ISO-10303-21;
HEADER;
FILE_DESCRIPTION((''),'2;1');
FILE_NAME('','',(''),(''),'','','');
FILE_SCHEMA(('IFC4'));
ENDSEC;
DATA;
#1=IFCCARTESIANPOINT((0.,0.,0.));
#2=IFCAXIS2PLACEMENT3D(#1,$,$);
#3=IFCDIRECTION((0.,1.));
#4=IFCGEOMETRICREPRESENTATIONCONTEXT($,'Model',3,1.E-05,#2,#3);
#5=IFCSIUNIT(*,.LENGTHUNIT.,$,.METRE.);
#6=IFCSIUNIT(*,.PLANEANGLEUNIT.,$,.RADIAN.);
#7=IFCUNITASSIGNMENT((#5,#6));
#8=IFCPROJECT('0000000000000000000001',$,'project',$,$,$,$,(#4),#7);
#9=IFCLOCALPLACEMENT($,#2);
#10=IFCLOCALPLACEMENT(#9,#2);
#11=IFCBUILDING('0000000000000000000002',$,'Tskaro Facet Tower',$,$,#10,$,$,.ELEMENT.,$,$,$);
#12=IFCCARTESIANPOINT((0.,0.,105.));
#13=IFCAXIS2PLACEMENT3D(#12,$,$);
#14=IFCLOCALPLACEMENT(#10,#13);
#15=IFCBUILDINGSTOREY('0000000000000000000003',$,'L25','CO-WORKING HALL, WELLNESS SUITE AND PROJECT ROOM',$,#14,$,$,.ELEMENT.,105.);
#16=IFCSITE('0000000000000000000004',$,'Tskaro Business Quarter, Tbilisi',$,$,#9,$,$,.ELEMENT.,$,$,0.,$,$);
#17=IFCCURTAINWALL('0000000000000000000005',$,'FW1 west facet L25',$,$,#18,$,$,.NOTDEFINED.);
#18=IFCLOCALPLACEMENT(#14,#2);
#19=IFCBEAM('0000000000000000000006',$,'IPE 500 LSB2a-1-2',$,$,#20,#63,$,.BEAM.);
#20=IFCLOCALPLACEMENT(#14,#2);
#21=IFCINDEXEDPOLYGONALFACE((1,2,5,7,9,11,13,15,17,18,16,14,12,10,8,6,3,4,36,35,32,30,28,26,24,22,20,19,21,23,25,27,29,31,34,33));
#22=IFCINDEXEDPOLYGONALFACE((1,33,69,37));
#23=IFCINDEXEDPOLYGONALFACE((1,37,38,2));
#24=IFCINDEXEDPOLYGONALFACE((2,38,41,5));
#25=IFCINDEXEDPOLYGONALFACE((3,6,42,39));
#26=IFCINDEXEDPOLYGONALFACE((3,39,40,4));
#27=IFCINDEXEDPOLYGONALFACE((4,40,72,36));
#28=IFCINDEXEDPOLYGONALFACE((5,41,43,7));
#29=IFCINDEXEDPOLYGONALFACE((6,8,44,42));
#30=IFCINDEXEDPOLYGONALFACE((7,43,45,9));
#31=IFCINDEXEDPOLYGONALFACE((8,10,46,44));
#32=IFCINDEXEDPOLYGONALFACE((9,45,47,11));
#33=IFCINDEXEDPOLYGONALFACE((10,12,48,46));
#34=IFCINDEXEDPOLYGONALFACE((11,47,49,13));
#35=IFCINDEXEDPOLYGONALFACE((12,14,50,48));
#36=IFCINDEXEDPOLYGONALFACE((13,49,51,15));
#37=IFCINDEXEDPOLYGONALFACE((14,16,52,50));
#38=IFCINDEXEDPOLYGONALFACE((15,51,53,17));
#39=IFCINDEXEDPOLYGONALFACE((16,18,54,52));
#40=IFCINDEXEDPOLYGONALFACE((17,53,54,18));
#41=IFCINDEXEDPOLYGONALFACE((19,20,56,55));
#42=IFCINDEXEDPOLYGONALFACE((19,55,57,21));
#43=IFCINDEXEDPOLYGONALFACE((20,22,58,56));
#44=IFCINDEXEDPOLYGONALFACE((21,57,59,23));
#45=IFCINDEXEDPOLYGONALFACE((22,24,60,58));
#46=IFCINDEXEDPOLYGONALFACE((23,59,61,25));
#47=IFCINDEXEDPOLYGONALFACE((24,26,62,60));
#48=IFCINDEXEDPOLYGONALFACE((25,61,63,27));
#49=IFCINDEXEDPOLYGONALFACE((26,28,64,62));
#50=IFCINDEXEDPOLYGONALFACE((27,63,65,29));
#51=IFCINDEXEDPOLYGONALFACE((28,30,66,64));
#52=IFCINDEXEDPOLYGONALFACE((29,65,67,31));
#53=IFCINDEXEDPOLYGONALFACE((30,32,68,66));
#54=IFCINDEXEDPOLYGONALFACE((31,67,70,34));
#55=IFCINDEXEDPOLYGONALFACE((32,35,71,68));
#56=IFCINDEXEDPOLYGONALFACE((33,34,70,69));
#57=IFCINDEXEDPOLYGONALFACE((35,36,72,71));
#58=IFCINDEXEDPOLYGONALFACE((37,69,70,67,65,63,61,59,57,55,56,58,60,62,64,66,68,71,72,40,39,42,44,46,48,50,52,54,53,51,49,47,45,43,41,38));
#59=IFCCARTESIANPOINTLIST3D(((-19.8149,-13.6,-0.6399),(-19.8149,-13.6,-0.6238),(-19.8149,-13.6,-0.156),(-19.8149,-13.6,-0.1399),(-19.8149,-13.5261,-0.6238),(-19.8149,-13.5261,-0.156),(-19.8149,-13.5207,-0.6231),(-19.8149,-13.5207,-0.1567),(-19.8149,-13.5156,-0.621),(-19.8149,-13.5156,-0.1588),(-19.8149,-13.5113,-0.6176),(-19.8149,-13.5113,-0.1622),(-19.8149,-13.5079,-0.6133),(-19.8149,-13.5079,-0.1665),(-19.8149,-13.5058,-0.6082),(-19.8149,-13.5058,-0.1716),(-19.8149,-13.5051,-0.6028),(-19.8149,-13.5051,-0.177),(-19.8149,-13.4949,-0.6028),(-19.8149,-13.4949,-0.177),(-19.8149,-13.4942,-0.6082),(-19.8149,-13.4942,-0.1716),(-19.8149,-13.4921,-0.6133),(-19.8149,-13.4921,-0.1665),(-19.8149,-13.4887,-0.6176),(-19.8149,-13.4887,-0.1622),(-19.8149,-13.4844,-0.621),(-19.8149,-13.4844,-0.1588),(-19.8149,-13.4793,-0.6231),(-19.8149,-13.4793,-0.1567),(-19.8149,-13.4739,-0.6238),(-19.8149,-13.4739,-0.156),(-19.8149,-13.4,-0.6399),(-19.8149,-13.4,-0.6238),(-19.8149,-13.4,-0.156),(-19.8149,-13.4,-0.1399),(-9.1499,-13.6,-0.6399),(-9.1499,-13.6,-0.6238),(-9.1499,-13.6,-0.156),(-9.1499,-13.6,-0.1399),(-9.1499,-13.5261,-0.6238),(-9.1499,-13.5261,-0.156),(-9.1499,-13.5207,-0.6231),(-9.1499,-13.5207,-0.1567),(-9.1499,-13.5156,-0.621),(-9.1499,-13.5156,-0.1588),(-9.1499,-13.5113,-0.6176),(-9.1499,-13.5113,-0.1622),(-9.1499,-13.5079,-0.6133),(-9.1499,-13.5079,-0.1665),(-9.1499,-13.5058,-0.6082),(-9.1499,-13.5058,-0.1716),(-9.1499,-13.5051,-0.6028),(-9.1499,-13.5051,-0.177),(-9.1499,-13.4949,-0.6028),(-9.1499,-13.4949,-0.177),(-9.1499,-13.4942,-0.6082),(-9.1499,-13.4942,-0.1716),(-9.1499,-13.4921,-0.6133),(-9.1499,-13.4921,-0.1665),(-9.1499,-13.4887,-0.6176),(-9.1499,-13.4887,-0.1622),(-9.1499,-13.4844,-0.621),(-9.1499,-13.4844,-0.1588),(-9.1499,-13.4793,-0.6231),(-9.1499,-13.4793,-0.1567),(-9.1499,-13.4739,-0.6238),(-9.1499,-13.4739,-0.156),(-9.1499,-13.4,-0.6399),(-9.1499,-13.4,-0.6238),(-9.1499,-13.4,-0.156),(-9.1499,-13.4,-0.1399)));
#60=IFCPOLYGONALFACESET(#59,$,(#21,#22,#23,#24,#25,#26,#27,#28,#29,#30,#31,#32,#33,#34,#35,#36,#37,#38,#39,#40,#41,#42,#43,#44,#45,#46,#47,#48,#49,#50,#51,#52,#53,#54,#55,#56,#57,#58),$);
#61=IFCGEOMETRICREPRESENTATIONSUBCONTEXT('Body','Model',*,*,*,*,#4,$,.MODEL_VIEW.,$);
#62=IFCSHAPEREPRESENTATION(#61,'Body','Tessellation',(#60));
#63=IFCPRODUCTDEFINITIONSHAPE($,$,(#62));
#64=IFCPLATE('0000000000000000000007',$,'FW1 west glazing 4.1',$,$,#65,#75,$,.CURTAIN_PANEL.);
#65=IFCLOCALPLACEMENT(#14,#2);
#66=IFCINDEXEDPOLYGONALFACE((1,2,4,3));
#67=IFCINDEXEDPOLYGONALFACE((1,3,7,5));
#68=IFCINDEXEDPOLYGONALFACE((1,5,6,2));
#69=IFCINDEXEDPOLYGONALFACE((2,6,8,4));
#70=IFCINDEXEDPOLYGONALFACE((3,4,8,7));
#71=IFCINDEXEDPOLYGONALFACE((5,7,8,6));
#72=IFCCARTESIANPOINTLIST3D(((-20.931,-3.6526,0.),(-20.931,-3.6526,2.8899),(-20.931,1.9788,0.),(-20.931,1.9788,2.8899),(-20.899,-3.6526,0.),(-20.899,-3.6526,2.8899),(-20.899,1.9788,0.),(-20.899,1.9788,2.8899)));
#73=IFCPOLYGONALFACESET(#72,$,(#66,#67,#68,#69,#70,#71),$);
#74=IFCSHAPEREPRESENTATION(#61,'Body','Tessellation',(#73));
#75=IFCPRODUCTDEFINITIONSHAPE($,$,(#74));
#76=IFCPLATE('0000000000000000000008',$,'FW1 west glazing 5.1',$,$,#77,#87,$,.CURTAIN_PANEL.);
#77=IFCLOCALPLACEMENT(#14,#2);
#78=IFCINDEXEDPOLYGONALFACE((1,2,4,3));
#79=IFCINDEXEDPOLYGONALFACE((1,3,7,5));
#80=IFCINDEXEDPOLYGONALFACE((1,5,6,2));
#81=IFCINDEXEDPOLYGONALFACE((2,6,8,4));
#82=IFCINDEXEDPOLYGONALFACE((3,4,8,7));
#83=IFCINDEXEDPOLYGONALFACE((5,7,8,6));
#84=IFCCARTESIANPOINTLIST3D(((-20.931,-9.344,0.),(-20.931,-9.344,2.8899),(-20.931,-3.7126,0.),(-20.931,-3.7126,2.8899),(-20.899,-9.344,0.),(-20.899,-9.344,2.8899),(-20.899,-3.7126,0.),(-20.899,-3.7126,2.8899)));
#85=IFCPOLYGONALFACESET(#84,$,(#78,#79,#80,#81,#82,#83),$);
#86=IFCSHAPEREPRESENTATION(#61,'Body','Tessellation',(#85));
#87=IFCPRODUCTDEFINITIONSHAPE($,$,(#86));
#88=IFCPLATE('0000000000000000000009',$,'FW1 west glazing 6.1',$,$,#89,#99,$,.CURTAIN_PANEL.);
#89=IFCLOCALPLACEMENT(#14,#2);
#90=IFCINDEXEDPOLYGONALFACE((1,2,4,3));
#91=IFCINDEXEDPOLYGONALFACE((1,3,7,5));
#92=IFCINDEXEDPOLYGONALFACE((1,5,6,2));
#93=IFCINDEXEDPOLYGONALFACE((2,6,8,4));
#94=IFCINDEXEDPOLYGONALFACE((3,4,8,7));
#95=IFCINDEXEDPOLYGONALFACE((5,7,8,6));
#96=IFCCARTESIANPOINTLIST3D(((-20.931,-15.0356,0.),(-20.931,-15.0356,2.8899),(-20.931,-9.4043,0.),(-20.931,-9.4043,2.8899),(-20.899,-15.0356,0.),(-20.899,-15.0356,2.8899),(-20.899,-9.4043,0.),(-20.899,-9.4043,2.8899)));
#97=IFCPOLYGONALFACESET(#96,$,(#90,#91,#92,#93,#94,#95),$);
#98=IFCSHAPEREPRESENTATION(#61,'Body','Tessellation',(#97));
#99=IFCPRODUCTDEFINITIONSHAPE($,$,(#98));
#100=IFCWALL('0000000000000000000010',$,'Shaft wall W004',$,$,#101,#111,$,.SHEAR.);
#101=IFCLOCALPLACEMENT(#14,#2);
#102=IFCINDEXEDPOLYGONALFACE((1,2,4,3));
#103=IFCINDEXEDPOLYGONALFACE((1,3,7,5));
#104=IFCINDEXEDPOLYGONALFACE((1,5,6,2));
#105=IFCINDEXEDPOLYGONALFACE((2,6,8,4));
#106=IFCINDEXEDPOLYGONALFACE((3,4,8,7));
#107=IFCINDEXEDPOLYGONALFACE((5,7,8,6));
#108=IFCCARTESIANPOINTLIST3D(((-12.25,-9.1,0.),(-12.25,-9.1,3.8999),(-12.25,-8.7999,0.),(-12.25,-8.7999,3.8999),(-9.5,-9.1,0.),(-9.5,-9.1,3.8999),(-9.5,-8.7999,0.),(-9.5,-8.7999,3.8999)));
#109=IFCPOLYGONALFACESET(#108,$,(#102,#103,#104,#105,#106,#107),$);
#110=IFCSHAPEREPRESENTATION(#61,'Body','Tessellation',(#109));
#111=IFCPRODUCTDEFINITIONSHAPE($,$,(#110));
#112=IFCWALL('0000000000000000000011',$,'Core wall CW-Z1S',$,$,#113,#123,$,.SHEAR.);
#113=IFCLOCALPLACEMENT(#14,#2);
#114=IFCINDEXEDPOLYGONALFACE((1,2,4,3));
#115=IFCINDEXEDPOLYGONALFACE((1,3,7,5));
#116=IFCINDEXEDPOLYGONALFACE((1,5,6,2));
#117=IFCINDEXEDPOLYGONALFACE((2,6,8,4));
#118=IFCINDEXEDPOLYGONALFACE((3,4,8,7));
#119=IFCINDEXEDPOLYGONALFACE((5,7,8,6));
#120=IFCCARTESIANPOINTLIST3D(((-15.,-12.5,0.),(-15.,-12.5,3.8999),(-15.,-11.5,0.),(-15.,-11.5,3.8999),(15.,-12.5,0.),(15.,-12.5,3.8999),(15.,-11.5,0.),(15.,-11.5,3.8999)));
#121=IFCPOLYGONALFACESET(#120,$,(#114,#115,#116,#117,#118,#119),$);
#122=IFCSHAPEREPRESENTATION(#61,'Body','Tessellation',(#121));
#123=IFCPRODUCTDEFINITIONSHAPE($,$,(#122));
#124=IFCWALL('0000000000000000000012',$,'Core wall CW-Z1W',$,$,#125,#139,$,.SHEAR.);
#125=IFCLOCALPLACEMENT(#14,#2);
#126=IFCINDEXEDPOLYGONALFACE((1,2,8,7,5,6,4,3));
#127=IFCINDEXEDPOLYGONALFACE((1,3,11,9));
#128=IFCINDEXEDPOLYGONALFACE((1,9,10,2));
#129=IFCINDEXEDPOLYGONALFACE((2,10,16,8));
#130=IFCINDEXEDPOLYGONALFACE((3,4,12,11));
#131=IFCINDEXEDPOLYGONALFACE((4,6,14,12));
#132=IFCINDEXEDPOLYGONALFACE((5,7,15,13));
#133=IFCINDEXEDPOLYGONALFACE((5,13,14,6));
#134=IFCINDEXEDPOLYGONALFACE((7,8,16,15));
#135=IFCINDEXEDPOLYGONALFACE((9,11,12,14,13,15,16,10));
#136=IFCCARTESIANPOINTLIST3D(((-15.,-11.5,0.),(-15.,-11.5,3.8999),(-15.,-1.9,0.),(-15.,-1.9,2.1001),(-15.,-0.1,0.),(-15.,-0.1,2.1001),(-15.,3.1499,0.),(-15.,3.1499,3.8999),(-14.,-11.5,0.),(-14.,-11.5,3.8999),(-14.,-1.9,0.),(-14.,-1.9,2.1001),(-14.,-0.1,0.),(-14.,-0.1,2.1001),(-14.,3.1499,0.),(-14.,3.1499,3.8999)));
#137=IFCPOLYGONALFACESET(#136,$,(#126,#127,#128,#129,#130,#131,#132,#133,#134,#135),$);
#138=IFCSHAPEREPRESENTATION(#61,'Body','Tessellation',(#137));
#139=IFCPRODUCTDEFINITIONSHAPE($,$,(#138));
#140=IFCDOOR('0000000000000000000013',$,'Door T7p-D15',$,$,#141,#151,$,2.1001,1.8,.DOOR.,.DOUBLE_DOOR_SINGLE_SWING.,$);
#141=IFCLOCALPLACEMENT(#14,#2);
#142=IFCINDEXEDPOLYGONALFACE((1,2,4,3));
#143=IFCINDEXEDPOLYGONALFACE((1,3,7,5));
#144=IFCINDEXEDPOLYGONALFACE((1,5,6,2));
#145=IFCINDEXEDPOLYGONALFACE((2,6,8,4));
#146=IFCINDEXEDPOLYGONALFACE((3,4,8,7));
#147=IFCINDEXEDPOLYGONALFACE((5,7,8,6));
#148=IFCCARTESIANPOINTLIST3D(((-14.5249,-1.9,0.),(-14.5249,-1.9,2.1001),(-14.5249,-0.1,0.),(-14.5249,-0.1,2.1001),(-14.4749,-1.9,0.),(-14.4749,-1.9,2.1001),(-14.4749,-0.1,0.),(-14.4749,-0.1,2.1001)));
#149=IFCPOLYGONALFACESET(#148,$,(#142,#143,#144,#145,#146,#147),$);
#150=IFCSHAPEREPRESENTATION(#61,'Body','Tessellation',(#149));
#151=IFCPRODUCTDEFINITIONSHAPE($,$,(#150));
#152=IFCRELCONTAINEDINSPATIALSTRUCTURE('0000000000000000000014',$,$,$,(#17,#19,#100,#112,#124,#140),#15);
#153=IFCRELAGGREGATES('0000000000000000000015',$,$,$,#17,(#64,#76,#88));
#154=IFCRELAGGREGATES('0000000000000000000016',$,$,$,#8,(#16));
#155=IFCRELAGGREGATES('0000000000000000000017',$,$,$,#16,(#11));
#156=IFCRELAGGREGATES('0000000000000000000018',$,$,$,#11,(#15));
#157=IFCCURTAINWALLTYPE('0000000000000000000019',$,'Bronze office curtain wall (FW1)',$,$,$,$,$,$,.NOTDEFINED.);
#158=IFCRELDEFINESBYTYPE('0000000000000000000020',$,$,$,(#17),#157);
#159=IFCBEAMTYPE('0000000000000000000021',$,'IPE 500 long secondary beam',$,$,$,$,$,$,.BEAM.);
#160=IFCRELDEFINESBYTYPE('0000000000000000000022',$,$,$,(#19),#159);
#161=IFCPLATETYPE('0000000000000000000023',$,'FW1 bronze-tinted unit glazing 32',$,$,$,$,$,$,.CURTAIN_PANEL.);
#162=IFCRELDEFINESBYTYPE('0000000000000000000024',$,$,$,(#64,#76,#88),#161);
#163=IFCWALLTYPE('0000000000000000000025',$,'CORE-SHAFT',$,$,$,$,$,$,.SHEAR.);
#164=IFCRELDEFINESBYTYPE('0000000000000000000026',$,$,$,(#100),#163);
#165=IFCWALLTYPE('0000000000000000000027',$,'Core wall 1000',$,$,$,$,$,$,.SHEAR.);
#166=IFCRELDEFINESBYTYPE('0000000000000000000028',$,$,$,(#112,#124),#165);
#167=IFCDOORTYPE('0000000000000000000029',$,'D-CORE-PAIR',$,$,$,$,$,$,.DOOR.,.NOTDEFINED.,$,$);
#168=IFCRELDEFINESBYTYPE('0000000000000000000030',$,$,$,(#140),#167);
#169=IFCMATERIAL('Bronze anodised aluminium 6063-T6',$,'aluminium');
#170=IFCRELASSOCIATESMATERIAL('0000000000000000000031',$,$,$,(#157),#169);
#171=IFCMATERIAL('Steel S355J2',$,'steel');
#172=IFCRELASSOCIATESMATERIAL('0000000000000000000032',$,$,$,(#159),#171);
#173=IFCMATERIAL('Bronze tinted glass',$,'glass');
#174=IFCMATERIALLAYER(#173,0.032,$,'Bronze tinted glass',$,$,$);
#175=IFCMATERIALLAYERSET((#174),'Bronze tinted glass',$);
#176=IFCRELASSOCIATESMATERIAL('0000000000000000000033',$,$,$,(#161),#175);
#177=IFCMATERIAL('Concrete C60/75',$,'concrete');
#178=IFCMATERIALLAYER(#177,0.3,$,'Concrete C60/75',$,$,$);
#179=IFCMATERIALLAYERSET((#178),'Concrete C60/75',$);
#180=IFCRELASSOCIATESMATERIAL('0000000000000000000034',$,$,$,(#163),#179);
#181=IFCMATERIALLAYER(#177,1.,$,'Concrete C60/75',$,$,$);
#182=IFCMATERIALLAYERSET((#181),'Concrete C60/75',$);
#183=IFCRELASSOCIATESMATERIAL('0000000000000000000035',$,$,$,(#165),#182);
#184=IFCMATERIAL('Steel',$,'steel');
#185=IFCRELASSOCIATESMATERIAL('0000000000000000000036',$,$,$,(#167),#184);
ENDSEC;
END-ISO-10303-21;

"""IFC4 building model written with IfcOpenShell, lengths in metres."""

from ifc_helpers import new_model, si_unit, direction, frame, frame_2d, origin, origin_2d, place, context, subcontext, project, spatial, rectangle, i_section, extrude, material, layer, layer_set, material_profile, profile_set, type_object, element, fill, aggregate, save


model = new_model("IFC4")

# Units and contexts
model_context = context("Model", 3, precision=1e-05, world=origin(), true_north=direction((0.0, 1.0)))
body_context = subcontext(model_context, "Body", "Model", "MODEL_VIEW")
ifc_project = project(units=[si_unit("LENGTHUNIT", "METRE"), si_unit("PLANEANGLEUNIT", "RADIAN")], contexts=[model_context])

# Site, building, storey
site_placement = place(None, origin())
site = spatial("IfcSite", under=ifc_project, at=site_placement, Name="Tskaro Business Quarter, Tbilisi", CompositionType="ELEMENT", RefElevation=0.0)
building_placement = place(site_placement, origin())
building = spatial("IfcBuilding", under=site, at=building_placement, Name="Tskaro Facet Tower", CompositionType="ELEMENT")
storey_placement = place(building_placement, frame((0.0, 0.0, 105.0)))
storey = spatial("IfcBuildingStorey", under=building, at=storey_placement, Name="L25", Description="CO-WORKING HALL, WELLNESS SUITE AND PROJECT ROOM", CompositionType="ELEMENT", Elevation=105.0)

# Curtain wall
ifc_material_1 = material(Name="Bronze anodised aluminium 6063-T6", Category="aluminium")
curtain_wall_type = type_object("IfcCurtainWallType", Name="Bronze office curtain wall (FW1)", PredefinedType="NOTDEFINED", material=ifc_material_1)
curtain_wall_placement = place(storey_placement, origin())
curtain_wall = element("IfcCurtainWall", 1, at=curtain_wall_placement, inside=storey, type_object=curtain_wall_type, Name="FW1 west facet L25", PredefinedType="NOTDEFINED")

# Beam
ifc_material_2 = material(Name="Steel S355J2", Category="steel")
ifc_material_profile_1 = material_profile(ifc_material_2, i_section(OverallWidth=0.2, OverallDepth=0.5, WebThickness=0.0103, FlangeThickness=0.0161, FilletRadius=0.021, at=origin_2d()), Name="IPE 500")
ifc_profile_set_1 = profile_set([ifc_material_profile_1], Name="Steel S355J2")
beam_type_1 = type_object("IfcBeamType", Name="IPE 500 long secondary beam", PredefinedType="BEAM", material=ifc_profile_set_1)
beam_1_placement = place(storey_placement, frame((-19.8149, -13.5, -0.3899), z_axis=(1.0, 0.0, 0.0), x_axis=(0.0, 1.0, 0.0)))
element("IfcBeam", 2, at=beam_1_placement, inside=storey, type_object=beam_type_1, Name="IPE 500 LSB2a-1-2", PredefinedType="BEAM", context=body_context, shape_type="SweptSolid", body=[
    extrude(i_section(OverallWidth=0.2, OverallDepth=0.5, WebThickness=0.0103, FlangeThickness=0.0161, FilletRadius=0.021, at=origin_2d()), origin(), (0.0, 0.0, 1.0), 10.665),
])

# Plates
ifc_material_3 = material(Name="Bronze tinted glass", Category="glass")
ifc_layer_1 = layer(ifc_material_3, 0.032, Name="Bronze tinted glass")
ifc_layer_set_1 = layer_set([ifc_layer_1], Name="Bronze tinted glass")
plate_type = type_object("IfcPlateType", Name="FW1 bronze-tinted unit glazing 32", PredefinedType="CURTAIN_PANEL", material=ifc_layer_set_1)
plate_1_placement = place(storey_placement, frame((-20.915, -0.8369, 0.0), z_axis=(0.0, 0.0, 1.0), x_axis=(0.0, -1.0, 0.0)))
plate_1 = element("IfcPlate", 3, at=plate_1_placement, type_object=plate_type, Name="FW1 west glazing 4.1", PredefinedType="CURTAIN_PANEL", context=body_context, shape_type="SweptSolid", body=[
    extrude(rectangle(XDim=5.6313, YDim=0.032, at=origin_2d()), origin(), (0.0, 0.0, 1.0), 2.8899),
])
plate_2_placement = place(storey_placement, frame((-20.915, -6.5283, 0.0), z_axis=(0.0, 0.0, 1.0), x_axis=(0.0, -1.0, 0.0)))
plate_2 = element("IfcPlate", 4, at=plate_2_placement, type_object=plate_type, Name="FW1 west glazing 5.1", PredefinedType="CURTAIN_PANEL", context=body_context, shape_type="SweptSolid", body=[
    extrude(rectangle(XDim=5.6313, YDim=0.032, at=origin_2d()), origin(), (0.0, 0.0, 1.0), 2.8899),
])
plate_3_placement = place(storey_placement, frame((-20.915, -12.22, 0.0), z_axis=(0.0, 0.0, 1.0), x_axis=(0.0, -1.0, 0.0)))
plate_3 = element("IfcPlate", 5, at=plate_3_placement, type_object=plate_type, Name="FW1 west glazing 6.1", PredefinedType="CURTAIN_PANEL", context=body_context, shape_type="SweptSolid", body=[
    extrude(rectangle(XDim=5.6313, YDim=0.032, at=origin_2d()), origin(), (0.0, 0.0, 1.0), 2.8899),
])
aggregate(curtain_wall, [plate_1, plate_2, plate_3])

# Walls
ifc_material_4 = material(Name="Concrete C60/75", Category="concrete")
ifc_layer_2 = layer(ifc_material_4, 0.3, Name="Concrete C60/75")
ifc_layer_set_2 = layer_set([ifc_layer_2], Name="Concrete C60/75")
wall_type_1 = type_object("IfcWallType", Name="CORE-SHAFT", PredefinedType="SHEAR", material=ifc_layer_set_2)
wall_1_placement = place(storey_placement, frame((-12.25, -8.95, 0.0), z_axis=(0.0, 0.0, 1.0), x_axis=(1.0, 0.0, 0.0)))
element("IfcWall", 6, at=wall_1_placement, inside=storey, type_object=wall_type_1, Name="Shaft wall W004", PredefinedType="SHEAR", context=body_context, shape_type="SweptSolid", body=[
    extrude(rectangle(XDim=2.75, YDim=0.3, at=frame_2d((1.375, 0.0))), origin(), (0.0, 0.0, 1.0), 3.8999),
])
ifc_layer_3 = layer(ifc_material_4, 1.0, Name="Concrete C60/75")
ifc_layer_set_3 = layer_set([ifc_layer_3], Name="Concrete C60/75")
wall_type_2 = type_object("IfcWallType", Name="Core wall 1000", PredefinedType="SHEAR", material=ifc_layer_set_3)
wall_2_placement = place(storey_placement, frame((-15.0, -12.0, 0.0), z_axis=(0.0, 0.0, 1.0), x_axis=(1.0, 0.0, 0.0)))
element("IfcWall", 7, at=wall_2_placement, inside=storey, type_object=wall_type_2, Name="Core wall CW-Z1S", PredefinedType="SHEAR", context=body_context, shape_type="SweptSolid", body=[
    extrude(rectangle(XDim=30.0, YDim=1.0, at=frame_2d((15.0, 0.0))), origin(), (0.0, 0.0, 1.0), 3.8999),
])

# Wall, opening, door
wall_3_placement = place(storey_placement, frame((-14.5, -11.5, 0.0), z_axis=(0.0, 0.0, 1.0), x_axis=(0.0, 1.0, 0.0)))
wall_3 = element("IfcWall", 8, at=wall_3_placement, inside=storey, type_object=wall_type_2, Name="Core wall CW-Z1W", PredefinedType="SHEAR", context=body_context, shape_type="SweptSolid", body=[
    extrude(rectangle(XDim=14.6499, YDim=1.0, at=frame_2d((7.325, 0.0))), origin(), (0.0, 0.0, 1.0), 3.8999),
])
opening_1_placement = place(wall_3_placement, frame((9.6001, 0.0, 0.0)))
opening_1 = element("IfcOpeningElement", 9, at=opening_1_placement, cuts=wall_3, PredefinedType="OPENING", context=body_context, shape_type="SweptSolid", body=[
    extrude(rectangle(XDim=1.8, YDim=2.1001, at=frame_2d((0.8999, 1.05))), frame((0.0, 0.51, 0.0), z_axis=(0.0, -1.0, 0.0), x_axis=(1.0, 0.0, 0.0)), (0.0, 0.0, 1.0), 1.02),
])
ifc_material_5 = material(Name="Steel", Category="steel")
door_type_1 = type_object("IfcDoorType", Name="D-CORE-PAIR", OperationType="NOTDEFINED", PredefinedType="DOOR", material=ifc_material_5)
door_1_placement = place(opening_1_placement, origin())
door_1 = element("IfcDoor", 10, at=door_1_placement, inside=storey, type_object=door_type_1, Name="Door T7p-D15", OperationType="DOUBLE_DOOR_SINGLE_SWING", OverallHeight=2.1001, OverallWidth=1.8, PredefinedType="DOOR", context=body_context, shape_type="SweptSolid", body=[
    extrude(rectangle(XDim=1.8, YDim=2.1001, at=frame_2d((0.8999, 1.05))), frame((0.0, 0.0249, 0.0), z_axis=(0.0, -1.0, 0.0), x_axis=(1.0, 0.0, 0.0)), (0.0, 0.0, 1.0), 0.05),
])
fill(opening_1, door_1)

save(model, "model.ifc")
